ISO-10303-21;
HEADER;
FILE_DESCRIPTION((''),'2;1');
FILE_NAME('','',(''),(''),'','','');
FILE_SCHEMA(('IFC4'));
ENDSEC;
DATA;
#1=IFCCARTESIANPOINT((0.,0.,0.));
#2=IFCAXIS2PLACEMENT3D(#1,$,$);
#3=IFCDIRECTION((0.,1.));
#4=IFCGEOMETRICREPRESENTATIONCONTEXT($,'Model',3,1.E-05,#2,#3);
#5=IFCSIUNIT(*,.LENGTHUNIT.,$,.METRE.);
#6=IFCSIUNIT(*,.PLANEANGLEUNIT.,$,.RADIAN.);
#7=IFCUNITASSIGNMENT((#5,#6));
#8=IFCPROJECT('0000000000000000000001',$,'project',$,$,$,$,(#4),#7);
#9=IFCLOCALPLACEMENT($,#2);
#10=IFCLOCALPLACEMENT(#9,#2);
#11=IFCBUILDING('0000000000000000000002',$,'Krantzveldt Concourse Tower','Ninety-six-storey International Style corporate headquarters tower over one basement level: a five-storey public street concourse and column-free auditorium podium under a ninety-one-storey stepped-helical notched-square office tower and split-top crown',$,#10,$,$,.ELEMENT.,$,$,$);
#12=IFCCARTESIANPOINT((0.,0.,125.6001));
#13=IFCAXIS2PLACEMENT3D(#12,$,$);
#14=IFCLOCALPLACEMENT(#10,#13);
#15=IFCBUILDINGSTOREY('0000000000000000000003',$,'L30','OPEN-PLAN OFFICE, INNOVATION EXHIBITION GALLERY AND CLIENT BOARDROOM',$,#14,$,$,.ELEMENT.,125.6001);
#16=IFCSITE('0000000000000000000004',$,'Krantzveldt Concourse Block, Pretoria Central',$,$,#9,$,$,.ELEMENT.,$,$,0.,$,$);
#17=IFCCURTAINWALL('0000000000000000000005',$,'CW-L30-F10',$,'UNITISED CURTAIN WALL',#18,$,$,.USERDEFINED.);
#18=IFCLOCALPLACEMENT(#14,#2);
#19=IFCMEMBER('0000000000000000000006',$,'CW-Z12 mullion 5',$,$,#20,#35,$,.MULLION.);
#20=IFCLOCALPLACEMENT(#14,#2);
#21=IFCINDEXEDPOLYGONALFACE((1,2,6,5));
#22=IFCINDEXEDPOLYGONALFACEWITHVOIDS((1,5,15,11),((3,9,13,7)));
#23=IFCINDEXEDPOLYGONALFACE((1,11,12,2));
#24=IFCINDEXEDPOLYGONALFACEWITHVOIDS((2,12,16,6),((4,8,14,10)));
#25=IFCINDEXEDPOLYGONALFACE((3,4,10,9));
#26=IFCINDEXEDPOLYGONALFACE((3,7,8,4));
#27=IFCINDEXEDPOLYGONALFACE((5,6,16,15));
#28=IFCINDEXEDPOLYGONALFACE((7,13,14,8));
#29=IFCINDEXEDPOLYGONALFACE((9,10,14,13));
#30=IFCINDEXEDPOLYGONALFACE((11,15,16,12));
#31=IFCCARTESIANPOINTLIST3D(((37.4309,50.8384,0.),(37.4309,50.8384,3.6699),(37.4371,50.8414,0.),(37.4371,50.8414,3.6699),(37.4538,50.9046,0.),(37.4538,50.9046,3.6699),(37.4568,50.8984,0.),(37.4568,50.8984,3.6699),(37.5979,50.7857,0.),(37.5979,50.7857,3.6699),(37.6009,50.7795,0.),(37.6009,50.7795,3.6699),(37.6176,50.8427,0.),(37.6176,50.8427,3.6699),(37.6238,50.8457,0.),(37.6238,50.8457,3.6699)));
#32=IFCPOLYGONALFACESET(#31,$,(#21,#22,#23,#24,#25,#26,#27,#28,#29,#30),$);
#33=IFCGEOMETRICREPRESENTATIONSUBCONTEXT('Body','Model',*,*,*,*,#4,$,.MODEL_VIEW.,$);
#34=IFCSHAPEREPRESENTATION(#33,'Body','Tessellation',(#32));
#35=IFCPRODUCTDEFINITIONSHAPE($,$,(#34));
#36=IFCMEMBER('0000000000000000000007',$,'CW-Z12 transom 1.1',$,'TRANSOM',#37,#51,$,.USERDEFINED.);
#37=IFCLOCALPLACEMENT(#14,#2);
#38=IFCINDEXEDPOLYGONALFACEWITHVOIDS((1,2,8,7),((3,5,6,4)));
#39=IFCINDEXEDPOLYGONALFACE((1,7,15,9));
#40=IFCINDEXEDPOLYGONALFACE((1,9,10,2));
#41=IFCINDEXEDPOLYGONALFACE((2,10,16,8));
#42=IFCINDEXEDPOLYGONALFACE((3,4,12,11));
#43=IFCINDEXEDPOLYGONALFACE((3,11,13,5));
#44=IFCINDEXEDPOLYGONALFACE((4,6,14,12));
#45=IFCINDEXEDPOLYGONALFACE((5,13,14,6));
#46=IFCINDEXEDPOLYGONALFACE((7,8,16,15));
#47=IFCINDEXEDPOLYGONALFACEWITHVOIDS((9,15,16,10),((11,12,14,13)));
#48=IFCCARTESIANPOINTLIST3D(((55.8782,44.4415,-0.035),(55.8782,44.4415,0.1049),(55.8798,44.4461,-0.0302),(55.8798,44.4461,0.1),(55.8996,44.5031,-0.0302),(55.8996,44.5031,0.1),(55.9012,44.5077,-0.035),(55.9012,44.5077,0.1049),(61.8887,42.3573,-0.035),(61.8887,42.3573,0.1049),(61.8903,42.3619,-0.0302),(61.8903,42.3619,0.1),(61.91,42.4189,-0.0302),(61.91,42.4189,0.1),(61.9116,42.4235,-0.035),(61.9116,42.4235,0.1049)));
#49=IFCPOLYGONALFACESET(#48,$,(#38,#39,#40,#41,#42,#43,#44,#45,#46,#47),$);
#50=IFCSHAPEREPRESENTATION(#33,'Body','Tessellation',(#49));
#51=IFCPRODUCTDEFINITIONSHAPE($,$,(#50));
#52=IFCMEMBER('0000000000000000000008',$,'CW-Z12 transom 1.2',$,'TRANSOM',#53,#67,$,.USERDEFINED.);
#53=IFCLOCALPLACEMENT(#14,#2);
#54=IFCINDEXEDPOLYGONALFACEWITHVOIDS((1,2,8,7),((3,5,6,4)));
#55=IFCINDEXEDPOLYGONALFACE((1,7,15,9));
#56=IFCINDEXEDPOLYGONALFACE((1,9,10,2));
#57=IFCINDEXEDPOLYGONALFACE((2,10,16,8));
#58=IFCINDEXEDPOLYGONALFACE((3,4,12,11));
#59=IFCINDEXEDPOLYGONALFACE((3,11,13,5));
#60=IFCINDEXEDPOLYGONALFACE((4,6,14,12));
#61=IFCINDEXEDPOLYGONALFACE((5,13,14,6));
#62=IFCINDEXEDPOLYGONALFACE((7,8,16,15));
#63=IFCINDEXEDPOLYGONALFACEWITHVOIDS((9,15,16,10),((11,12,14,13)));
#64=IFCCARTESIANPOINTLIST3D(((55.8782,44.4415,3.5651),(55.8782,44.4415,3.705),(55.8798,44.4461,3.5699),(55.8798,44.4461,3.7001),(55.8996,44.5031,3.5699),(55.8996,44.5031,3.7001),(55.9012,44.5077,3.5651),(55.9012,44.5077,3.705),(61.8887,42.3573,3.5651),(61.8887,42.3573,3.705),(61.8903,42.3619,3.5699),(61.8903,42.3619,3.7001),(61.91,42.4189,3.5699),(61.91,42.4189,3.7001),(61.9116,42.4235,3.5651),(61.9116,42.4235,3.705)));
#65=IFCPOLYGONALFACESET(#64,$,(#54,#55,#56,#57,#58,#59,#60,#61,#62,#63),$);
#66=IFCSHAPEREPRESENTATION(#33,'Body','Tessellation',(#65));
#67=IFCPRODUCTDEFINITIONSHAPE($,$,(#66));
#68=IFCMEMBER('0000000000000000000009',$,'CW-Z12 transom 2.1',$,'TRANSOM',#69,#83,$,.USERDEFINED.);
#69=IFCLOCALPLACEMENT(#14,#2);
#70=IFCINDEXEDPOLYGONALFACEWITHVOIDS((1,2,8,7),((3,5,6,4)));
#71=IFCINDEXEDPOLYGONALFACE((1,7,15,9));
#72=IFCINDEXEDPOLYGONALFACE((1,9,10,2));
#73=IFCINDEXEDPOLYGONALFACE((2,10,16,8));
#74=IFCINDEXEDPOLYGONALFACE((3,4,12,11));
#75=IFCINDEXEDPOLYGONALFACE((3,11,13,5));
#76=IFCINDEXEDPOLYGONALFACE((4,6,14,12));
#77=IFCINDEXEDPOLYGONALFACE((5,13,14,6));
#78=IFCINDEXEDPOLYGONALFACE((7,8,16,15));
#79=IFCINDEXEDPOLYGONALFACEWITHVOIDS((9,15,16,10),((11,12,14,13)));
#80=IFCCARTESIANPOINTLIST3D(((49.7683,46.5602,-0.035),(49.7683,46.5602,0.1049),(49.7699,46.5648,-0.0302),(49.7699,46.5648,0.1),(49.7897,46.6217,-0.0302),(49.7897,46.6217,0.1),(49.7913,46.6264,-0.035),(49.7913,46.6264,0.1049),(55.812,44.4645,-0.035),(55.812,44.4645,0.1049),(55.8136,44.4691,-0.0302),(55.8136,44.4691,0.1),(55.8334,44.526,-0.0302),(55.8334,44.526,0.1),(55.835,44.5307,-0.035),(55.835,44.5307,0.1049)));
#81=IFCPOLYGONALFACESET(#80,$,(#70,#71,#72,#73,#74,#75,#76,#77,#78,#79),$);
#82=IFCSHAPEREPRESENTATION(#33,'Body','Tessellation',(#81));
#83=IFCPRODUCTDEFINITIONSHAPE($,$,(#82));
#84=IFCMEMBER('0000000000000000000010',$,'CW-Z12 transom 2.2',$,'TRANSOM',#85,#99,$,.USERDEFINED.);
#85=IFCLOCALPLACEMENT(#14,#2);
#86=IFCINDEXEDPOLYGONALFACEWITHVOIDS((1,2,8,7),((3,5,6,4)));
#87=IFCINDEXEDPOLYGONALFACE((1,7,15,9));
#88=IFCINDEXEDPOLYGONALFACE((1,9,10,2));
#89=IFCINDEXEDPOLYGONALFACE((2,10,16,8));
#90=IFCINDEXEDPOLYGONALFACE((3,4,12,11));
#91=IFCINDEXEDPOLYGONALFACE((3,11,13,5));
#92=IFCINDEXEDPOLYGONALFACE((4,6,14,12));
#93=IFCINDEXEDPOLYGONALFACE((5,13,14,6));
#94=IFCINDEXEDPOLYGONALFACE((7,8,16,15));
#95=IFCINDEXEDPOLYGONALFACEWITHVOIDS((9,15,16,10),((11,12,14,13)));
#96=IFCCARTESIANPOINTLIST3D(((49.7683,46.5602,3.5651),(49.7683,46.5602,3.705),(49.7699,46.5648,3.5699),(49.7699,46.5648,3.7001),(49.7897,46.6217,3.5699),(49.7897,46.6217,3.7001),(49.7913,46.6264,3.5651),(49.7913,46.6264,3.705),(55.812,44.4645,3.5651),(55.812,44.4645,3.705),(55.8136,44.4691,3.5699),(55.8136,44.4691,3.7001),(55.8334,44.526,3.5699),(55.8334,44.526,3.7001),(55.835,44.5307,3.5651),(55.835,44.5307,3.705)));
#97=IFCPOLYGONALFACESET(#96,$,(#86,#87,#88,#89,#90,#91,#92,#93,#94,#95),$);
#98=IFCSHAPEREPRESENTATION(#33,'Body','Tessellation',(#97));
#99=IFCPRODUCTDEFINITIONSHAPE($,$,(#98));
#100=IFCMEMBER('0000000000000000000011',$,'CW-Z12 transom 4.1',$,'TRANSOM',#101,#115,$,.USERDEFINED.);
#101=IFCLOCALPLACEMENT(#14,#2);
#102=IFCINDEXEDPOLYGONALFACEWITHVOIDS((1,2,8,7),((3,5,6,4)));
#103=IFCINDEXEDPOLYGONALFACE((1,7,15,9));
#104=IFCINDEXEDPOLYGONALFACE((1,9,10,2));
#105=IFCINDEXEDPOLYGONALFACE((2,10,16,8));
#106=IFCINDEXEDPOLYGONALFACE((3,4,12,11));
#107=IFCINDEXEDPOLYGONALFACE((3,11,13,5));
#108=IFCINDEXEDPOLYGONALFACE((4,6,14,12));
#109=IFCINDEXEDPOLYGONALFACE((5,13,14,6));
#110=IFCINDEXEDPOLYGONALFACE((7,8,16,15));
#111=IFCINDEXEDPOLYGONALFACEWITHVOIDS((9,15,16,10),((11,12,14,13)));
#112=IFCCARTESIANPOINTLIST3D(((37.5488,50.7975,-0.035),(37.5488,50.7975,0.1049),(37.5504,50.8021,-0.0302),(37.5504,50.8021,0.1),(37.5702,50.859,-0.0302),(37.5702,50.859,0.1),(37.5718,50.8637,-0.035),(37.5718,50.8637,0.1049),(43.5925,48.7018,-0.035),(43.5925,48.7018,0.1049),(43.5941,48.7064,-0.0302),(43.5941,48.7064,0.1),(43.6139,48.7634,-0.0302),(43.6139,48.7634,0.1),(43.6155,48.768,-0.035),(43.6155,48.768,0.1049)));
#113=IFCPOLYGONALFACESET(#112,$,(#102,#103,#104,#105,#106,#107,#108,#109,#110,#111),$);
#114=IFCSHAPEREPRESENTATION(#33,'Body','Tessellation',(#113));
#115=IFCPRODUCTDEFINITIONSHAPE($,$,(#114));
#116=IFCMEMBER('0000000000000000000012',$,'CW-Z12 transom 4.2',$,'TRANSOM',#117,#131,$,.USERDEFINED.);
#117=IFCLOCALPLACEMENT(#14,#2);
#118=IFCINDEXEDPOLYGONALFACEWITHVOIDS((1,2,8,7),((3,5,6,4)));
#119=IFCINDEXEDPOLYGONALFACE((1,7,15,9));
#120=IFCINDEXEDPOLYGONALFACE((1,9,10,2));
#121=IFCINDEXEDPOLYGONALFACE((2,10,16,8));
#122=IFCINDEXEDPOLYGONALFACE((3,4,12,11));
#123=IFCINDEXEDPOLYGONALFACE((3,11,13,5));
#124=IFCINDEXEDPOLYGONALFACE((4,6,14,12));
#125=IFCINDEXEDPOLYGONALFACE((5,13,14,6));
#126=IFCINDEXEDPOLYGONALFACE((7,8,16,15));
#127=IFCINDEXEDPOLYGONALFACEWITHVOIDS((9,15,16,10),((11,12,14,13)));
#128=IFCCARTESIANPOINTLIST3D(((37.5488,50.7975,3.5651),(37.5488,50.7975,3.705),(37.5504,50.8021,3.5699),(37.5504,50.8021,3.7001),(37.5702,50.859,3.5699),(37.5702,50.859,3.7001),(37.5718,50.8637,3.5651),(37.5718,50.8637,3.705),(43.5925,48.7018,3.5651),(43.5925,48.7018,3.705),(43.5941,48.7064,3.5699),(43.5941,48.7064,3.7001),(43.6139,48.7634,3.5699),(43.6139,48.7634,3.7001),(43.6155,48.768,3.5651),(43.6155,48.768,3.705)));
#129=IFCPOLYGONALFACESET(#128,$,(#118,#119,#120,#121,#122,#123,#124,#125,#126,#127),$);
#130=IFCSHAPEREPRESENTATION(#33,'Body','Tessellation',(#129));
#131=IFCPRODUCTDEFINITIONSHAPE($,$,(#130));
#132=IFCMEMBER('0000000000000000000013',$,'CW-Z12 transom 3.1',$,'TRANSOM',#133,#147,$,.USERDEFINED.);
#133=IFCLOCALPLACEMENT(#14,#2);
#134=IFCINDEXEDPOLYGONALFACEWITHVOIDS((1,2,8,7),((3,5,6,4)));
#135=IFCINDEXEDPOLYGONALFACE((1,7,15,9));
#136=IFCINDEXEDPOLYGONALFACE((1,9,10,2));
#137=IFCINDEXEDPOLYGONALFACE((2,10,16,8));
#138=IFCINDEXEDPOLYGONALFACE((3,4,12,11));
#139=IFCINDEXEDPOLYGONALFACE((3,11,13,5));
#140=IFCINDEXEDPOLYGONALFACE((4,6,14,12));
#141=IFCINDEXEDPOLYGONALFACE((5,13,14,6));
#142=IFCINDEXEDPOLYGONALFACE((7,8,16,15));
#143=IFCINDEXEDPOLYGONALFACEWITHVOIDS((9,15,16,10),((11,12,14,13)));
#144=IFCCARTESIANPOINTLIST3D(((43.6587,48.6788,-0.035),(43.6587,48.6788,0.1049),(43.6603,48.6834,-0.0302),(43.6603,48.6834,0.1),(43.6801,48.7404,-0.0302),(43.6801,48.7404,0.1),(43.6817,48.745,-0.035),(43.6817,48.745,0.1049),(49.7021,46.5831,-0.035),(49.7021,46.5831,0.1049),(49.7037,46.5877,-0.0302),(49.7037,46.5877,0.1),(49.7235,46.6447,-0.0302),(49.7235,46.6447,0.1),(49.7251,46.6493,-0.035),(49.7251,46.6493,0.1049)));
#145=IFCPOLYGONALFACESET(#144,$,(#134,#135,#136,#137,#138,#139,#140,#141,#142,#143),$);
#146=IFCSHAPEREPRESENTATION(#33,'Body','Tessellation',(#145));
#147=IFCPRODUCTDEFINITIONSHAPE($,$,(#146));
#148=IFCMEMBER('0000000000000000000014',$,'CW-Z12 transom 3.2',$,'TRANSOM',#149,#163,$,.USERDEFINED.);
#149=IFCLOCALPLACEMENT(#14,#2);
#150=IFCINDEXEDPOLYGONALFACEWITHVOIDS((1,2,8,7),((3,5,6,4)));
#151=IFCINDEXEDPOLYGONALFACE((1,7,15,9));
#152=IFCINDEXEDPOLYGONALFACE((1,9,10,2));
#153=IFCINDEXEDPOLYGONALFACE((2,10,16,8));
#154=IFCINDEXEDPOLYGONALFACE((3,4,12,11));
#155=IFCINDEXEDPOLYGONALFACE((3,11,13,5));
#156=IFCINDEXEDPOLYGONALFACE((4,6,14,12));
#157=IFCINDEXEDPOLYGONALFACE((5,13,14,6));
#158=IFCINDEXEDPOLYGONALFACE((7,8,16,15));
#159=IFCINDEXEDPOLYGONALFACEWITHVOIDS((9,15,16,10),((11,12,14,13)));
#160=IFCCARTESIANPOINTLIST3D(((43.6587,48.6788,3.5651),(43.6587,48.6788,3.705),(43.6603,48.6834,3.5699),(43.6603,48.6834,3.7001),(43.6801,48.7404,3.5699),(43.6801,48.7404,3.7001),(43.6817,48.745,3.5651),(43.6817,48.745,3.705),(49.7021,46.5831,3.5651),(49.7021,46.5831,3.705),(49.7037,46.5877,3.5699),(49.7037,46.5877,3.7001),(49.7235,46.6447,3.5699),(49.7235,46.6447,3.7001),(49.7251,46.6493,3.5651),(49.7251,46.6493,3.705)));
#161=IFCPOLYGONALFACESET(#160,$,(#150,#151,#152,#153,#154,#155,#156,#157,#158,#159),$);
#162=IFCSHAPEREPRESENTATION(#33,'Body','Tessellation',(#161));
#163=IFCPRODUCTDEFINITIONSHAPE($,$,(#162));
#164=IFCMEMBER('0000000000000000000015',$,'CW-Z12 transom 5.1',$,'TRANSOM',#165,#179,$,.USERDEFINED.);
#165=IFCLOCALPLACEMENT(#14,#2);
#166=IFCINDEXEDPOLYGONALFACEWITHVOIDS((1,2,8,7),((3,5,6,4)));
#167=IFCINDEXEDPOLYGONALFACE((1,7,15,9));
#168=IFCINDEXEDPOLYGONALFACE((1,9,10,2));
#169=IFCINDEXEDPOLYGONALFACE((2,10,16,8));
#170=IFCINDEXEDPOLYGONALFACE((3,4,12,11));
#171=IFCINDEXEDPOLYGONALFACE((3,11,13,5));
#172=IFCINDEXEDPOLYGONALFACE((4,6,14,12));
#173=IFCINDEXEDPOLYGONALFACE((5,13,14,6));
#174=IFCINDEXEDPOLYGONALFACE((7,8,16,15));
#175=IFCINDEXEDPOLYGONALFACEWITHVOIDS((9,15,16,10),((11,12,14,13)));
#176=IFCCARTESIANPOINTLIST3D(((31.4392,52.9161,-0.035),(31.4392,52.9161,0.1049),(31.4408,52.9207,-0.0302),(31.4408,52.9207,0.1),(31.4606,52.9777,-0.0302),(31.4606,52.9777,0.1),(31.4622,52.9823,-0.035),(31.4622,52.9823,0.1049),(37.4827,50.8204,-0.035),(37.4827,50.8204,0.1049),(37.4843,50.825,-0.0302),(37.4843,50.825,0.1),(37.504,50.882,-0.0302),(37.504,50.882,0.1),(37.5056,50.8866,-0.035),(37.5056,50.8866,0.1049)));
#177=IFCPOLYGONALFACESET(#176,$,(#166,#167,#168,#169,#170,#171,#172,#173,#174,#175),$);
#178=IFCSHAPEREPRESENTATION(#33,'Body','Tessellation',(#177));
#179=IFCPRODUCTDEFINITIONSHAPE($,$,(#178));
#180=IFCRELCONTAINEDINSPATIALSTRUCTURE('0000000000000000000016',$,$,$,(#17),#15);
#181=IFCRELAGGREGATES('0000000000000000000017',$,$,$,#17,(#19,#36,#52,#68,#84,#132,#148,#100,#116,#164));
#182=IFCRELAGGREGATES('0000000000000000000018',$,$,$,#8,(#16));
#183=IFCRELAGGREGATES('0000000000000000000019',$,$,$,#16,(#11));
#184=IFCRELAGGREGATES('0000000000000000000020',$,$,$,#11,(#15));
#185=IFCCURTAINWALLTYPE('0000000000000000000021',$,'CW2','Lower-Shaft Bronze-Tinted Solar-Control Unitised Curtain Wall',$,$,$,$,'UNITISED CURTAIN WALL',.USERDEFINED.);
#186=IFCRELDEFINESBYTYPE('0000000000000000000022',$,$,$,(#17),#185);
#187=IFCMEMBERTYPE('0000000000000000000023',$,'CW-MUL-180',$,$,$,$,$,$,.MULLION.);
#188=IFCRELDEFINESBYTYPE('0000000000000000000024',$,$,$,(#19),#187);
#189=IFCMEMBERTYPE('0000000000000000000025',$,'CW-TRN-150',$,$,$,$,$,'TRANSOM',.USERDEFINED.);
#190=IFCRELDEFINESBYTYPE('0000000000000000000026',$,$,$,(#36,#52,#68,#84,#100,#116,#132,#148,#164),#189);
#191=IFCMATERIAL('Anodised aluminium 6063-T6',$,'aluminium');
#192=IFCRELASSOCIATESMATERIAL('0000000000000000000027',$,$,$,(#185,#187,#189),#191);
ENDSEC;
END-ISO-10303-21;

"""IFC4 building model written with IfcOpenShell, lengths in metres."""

from ifc_helpers import new_model, si_unit, direction, frame, origin, origin_2d, place, context, subcontext, project, spatial, hollow_rectangle, extrude, source, transform, mapped, material, material_profile, profile_set, type_object, type_shapes, element, aggregate, save


model = new_model("IFC4")

# Units and contexts
model_context = context("Model", 3, precision=1e-05, world=origin(), true_north=direction((0.0, 1.0)))
body_context = subcontext(model_context, "Body", "Model", "MODEL_VIEW")
ifc_project = project(units=[si_unit("LENGTHUNIT", "METRE"), si_unit("PLANEANGLEUNIT", "RADIAN")], contexts=[model_context])

# Site, building, storey
site_placement = place(None, origin())
site = spatial("IfcSite", under=ifc_project, at=site_placement, Name="Krantzveldt Concourse Block, Pretoria Central", CompositionType="ELEMENT", RefElevation=0.0)
building_placement = place(site_placement, origin())
building = spatial("IfcBuilding", under=site, at=building_placement, Name="Krantzveldt Concourse Tower", Description="Ninety-six-storey International Style corporate headquarters tower over one basement level: a five-storey public street concourse and column-free auditorium podium under a ninety-one-storey stepped-helical notched-square office tower and split-top crown", CompositionType="ELEMENT")
storey_placement = place(building_placement, frame((0.0, 0.0, 125.6001)))
storey = spatial("IfcBuildingStorey", under=building, at=storey_placement, Name="L30", Description="OPEN-PLAN OFFICE, INNOVATION EXHIBITION GALLERY AND CLIENT BOARDROOM", CompositionType="ELEMENT", Elevation=125.6001)

# Shared definitions
ifc_material_1 = material(Name="Anodised aluminium 6063-T6", Category="aluminium")
curtain_wall_type = type_object("IfcCurtainWallType", Name="CW2", Description="Lower-Shaft Bronze-Tinted Solar-Control Unitised Curtain Wall", ElementType="UNITISED CURTAIN WALL", PredefinedType="USERDEFINED", material=ifc_material_1)
ifc_material_profile_1 = material_profile(ifc_material_1, hollow_rectangle(XDim=0.0701, YDim=0.1799, WallThickness=0.0049, at=origin_2d()), Name="Anodised aluminium 6063-T6", Category="aluminium")
ifc_profile_set_1 = profile_set([ifc_material_profile_1], Name="Anodised aluminium 6063-T6 - ALU-MULL 180x70x5")
member_type_1 = type_object("IfcMemberType", Name="CW-MUL-180", PredefinedType="MULLION", material=ifc_profile_set_1)
shared_shape_1 = source(origin(), body_context, "Body", "SweptSolid", [
    extrude(hollow_rectangle(XDim=0.0701, YDim=0.1799, WallThickness=0.0049, at=origin_2d()), origin(), (0.0, 0.0, 1.0), 3.6699),
])
type_shapes(member_type_1, [shared_shape_1])

# Curtain wall, members
curtain_wall_1_placement = place(storey_placement, origin())
curtain_wall_1 = element("IfcCurtainWall", 1, at=curtain_wall_1_placement, inside=storey, type_object=curtain_wall_type, Name="CW-L30-F10", ObjectType="UNITISED CURTAIN WALL", PredefinedType="USERDEFINED")
member_1_placement = place(storey_placement, frame((37.5273, 50.842, 0.0), z_axis=(0.0, 0.0, 1.0), x_axis=(-0.32763, -0.944806, 0.0)))
member_1 = element("IfcMember", 2, at=member_1_placement, type_object=member_type_1, Name="CW-Z12 mullion 5", PredefinedType="MULLION", context=body_context, shape_type="MappedRepresentation", body=[
    mapped(shared_shape_1, transform((0.0, 0.0, 0.0), x_axis=(1.0, 0.0, 0.0), y_axis=(0.0, 1.0, 0.0), z_axis=(0.0, 0.0, 1.0), scale=1.0)),
])
ifc_material_profile_2 = material_profile(ifc_material_1, hollow_rectangle(XDim=0.0701, YDim=0.1399, WallThickness=0.0049, at=origin_2d()), Name="Anodised aluminium 6063-T6", Category="aluminium")
ifc_profile_set_2 = profile_set([ifc_material_profile_2], Name="Anodised aluminium 6063-T6 - ALU-TRAN 140x70x5")
member_type_2 = type_object("IfcMemberType", Name="CW-TRN-150", ElementType="TRANSOM", PredefinedType="USERDEFINED", material=ifc_profile_set_2)
shared_shape_2 = source(origin(), body_context, "Body", "SweptSolid", [
    extrude(hollow_rectangle(XDim=0.0701, YDim=0.1399, WallThickness=0.0049, at=origin_2d()), origin(), (0.0, 0.0, 1.0), 6.3616),
])
member_2_placement = place(storey_placement, frame((61.9001, 42.3904, 0.0349), z_axis=(-0.944808, 0.327626, 0.0), x_axis=(-0.327626, -0.944808, 0.0)))
member_2 = element("IfcMember", 3, at=member_2_placement, type_object=member_type_2, Name="CW-Z12 transom 1.1", ObjectType="TRANSOM", PredefinedType="USERDEFINED", context=body_context, shape_type="MappedRepresentation", body=[
    mapped(shared_shape_2, transform((0.0, 0.0, 0.0), x_axis=(1.0, 0.0, 0.0), y_axis=(0.0, 1.0, 0.0), z_axis=(0.0, 0.0, 1.0), scale=1.0)),
])
member_3_placement = place(storey_placement, frame((61.9001, 42.3904, 3.635), z_axis=(-0.944808, 0.327626, 0.0), x_axis=(-0.327626, -0.944808, 0.0)))
member_3 = element("IfcMember", 4, at=member_3_placement, type_object=member_type_2, Name="CW-Z12 transom 1.2", ObjectType="TRANSOM", PredefinedType="USERDEFINED", context=body_context, shape_type="MappedRepresentation", body=[
    mapped(shared_shape_2, transform((0.0, 0.0, 0.0), x_axis=(1.0, 0.0, 0.0), y_axis=(0.0, 1.0, 0.0), z_axis=(0.0, 0.0, 1.0), scale=1.0)),
])
shared_shape_3 = source(origin(), body_context, "Body", "SweptSolid", [
    extrude(hollow_rectangle(XDim=0.0701, YDim=0.1399, WallThickness=0.0049, at=origin_2d()), origin(), (0.0, 0.0, 1.0), 6.3967),
])
member_4_placement = place(storey_placement, frame((55.8235, 44.4976, 0.0349), z_axis=(-0.944809, 0.32762, 0.0), x_axis=(-0.32762, -0.944809, 0.0)))
member_4 = element("IfcMember", 5, at=member_4_placement, type_object=member_type_2, Name="CW-Z12 transom 2.1", ObjectType="TRANSOM", PredefinedType="USERDEFINED", context=body_context, shape_type="MappedRepresentation", body=[
    mapped(shared_shape_3, transform((0.0, 0.0, 0.0), x_axis=(1.0, 0.0, 0.0), y_axis=(0.0, 1.0, 0.0), z_axis=(0.0, 0.0, 1.0), scale=1.0)),
])
member_5_placement = place(storey_placement, frame((55.8235, 44.4976, 3.635), z_axis=(-0.944809, 0.32762, 0.0), x_axis=(-0.32762, -0.944809, 0.0)))
member_5 = element("IfcMember", 6, at=member_5_placement, type_object=member_type_2, Name="CW-Z12 transom 2.2", ObjectType="TRANSOM", PredefinedType="USERDEFINED", context=body_context, shape_type="MappedRepresentation", body=[
    mapped(shared_shape_3, transform((0.0, 0.0, 0.0), x_axis=(1.0, 0.0, 0.0), y_axis=(0.0, 1.0, 0.0), z_axis=(0.0, 0.0, 1.0), scale=1.0)),
])
member_6_placement = place(storey_placement, frame((43.604, 48.7349, 0.0349), z_axis=(-0.944809, 0.32762, 0.0), x_axis=(-0.32762, -0.944809, 0.0)))
member_6 = element("IfcMember", 7, at=member_6_placement, type_object=member_type_2, Name="CW-Z12 transom 4.1", ObjectType="TRANSOM", PredefinedType="USERDEFINED", context=body_context, shape_type="MappedRepresentation", body=[
    mapped(shared_shape_3, transform((0.0, 0.0, 0.0), x_axis=(1.0, 0.0, 0.0), y_axis=(0.0, 1.0, 0.0), z_axis=(0.0, 0.0, 1.0), scale=1.0)),
])
member_7_placement = place(storey_placement, frame((43.604, 48.7349, 3.635), z_axis=(-0.944809, 0.32762, 0.0), x_axis=(-0.32762, -0.944809, 0.0)))
member_7 = element("IfcMember", 8, at=member_7_placement, type_object=member_type_2, Name="CW-Z12 transom 4.2", ObjectType="TRANSOM", PredefinedType="USERDEFINED", context=body_context, shape_type="MappedRepresentation", body=[
    mapped(shared_shape_3, transform((0.0, 0.0, 0.0), x_axis=(1.0, 0.0, 0.0), y_axis=(0.0, 1.0, 0.0), z_axis=(0.0, 0.0, 1.0), scale=1.0)),
])
shared_shape_4 = source(origin(), body_context, "Body", "SweptSolid", [
    extrude(hollow_rectangle(XDim=0.0701, YDim=0.1399, WallThickness=0.0049, at=origin_2d()), origin(), (0.0, 0.0, 1.0), 6.3965),
])
type_shapes(member_type_2, [shared_shape_2, shared_shape_3, shared_shape_4])
member_8_placement = place(storey_placement, frame((49.7136, 46.6162, 0.0349), z_axis=(-0.944805, 0.327632, 0.0), x_axis=(-0.327632, -0.944805, 0.0)))
member_8 = element("IfcMember", 9, at=member_8_placement, type_object=member_type_2, Name="CW-Z12 transom 3.1", ObjectType="TRANSOM", PredefinedType="USERDEFINED", context=body_context, shape_type="MappedRepresentation", body=[
    mapped(shared_shape_4, transform((0.0, 0.0, 0.0), x_axis=(1.0, 0.0, 0.0), y_axis=(0.0, 1.0, 0.0), z_axis=(0.0, 0.0, 1.0), scale=1.0)),
])
member_9_placement = place(storey_placement, frame((49.7136, 46.6162, 3.635), z_axis=(-0.944805, 0.327632, 0.0), x_axis=(-0.327632, -0.944805, 0.0)))
member_9 = element("IfcMember", 10, at=member_9_placement, type_object=member_type_2, Name="CW-Z12 transom 3.2", ObjectType="TRANSOM", PredefinedType="USERDEFINED", context=body_context, shape_type="MappedRepresentation", body=[
    mapped(shared_shape_4, transform((0.0, 0.0, 0.0), x_axis=(1.0, 0.0, 0.0), y_axis=(0.0, 1.0, 0.0), z_axis=(0.0, 0.0, 1.0), scale=1.0)),
])
member_10_placement = place(storey_placement, frame((37.4941, 50.8535, 0.0349), z_axis=(-0.944805, 0.327632, 0.0), x_axis=(-0.327632, -0.944805, 0.0)))
member_10 = element("IfcMember", 11, at=member_10_placement, type_object=member_type_2, Name="CW-Z12 transom 5.1", ObjectType="TRANSOM", PredefinedType="USERDEFINED", context=body_context, shape_type="MappedRepresentation", body=[
    mapped(shared_shape_4, transform((0.0, 0.0, 0.0), x_axis=(1.0, 0.0, 0.0), y_axis=(0.0, 1.0, 0.0), z_axis=(0.0, 0.0, 1.0), scale=1.0)),
])
aggregate(curtain_wall_1, [member_1, member_2, member_3, member_4, member_5, member_8, member_9, member_6, member_7, member_10])

save(model, "model.ifc")
